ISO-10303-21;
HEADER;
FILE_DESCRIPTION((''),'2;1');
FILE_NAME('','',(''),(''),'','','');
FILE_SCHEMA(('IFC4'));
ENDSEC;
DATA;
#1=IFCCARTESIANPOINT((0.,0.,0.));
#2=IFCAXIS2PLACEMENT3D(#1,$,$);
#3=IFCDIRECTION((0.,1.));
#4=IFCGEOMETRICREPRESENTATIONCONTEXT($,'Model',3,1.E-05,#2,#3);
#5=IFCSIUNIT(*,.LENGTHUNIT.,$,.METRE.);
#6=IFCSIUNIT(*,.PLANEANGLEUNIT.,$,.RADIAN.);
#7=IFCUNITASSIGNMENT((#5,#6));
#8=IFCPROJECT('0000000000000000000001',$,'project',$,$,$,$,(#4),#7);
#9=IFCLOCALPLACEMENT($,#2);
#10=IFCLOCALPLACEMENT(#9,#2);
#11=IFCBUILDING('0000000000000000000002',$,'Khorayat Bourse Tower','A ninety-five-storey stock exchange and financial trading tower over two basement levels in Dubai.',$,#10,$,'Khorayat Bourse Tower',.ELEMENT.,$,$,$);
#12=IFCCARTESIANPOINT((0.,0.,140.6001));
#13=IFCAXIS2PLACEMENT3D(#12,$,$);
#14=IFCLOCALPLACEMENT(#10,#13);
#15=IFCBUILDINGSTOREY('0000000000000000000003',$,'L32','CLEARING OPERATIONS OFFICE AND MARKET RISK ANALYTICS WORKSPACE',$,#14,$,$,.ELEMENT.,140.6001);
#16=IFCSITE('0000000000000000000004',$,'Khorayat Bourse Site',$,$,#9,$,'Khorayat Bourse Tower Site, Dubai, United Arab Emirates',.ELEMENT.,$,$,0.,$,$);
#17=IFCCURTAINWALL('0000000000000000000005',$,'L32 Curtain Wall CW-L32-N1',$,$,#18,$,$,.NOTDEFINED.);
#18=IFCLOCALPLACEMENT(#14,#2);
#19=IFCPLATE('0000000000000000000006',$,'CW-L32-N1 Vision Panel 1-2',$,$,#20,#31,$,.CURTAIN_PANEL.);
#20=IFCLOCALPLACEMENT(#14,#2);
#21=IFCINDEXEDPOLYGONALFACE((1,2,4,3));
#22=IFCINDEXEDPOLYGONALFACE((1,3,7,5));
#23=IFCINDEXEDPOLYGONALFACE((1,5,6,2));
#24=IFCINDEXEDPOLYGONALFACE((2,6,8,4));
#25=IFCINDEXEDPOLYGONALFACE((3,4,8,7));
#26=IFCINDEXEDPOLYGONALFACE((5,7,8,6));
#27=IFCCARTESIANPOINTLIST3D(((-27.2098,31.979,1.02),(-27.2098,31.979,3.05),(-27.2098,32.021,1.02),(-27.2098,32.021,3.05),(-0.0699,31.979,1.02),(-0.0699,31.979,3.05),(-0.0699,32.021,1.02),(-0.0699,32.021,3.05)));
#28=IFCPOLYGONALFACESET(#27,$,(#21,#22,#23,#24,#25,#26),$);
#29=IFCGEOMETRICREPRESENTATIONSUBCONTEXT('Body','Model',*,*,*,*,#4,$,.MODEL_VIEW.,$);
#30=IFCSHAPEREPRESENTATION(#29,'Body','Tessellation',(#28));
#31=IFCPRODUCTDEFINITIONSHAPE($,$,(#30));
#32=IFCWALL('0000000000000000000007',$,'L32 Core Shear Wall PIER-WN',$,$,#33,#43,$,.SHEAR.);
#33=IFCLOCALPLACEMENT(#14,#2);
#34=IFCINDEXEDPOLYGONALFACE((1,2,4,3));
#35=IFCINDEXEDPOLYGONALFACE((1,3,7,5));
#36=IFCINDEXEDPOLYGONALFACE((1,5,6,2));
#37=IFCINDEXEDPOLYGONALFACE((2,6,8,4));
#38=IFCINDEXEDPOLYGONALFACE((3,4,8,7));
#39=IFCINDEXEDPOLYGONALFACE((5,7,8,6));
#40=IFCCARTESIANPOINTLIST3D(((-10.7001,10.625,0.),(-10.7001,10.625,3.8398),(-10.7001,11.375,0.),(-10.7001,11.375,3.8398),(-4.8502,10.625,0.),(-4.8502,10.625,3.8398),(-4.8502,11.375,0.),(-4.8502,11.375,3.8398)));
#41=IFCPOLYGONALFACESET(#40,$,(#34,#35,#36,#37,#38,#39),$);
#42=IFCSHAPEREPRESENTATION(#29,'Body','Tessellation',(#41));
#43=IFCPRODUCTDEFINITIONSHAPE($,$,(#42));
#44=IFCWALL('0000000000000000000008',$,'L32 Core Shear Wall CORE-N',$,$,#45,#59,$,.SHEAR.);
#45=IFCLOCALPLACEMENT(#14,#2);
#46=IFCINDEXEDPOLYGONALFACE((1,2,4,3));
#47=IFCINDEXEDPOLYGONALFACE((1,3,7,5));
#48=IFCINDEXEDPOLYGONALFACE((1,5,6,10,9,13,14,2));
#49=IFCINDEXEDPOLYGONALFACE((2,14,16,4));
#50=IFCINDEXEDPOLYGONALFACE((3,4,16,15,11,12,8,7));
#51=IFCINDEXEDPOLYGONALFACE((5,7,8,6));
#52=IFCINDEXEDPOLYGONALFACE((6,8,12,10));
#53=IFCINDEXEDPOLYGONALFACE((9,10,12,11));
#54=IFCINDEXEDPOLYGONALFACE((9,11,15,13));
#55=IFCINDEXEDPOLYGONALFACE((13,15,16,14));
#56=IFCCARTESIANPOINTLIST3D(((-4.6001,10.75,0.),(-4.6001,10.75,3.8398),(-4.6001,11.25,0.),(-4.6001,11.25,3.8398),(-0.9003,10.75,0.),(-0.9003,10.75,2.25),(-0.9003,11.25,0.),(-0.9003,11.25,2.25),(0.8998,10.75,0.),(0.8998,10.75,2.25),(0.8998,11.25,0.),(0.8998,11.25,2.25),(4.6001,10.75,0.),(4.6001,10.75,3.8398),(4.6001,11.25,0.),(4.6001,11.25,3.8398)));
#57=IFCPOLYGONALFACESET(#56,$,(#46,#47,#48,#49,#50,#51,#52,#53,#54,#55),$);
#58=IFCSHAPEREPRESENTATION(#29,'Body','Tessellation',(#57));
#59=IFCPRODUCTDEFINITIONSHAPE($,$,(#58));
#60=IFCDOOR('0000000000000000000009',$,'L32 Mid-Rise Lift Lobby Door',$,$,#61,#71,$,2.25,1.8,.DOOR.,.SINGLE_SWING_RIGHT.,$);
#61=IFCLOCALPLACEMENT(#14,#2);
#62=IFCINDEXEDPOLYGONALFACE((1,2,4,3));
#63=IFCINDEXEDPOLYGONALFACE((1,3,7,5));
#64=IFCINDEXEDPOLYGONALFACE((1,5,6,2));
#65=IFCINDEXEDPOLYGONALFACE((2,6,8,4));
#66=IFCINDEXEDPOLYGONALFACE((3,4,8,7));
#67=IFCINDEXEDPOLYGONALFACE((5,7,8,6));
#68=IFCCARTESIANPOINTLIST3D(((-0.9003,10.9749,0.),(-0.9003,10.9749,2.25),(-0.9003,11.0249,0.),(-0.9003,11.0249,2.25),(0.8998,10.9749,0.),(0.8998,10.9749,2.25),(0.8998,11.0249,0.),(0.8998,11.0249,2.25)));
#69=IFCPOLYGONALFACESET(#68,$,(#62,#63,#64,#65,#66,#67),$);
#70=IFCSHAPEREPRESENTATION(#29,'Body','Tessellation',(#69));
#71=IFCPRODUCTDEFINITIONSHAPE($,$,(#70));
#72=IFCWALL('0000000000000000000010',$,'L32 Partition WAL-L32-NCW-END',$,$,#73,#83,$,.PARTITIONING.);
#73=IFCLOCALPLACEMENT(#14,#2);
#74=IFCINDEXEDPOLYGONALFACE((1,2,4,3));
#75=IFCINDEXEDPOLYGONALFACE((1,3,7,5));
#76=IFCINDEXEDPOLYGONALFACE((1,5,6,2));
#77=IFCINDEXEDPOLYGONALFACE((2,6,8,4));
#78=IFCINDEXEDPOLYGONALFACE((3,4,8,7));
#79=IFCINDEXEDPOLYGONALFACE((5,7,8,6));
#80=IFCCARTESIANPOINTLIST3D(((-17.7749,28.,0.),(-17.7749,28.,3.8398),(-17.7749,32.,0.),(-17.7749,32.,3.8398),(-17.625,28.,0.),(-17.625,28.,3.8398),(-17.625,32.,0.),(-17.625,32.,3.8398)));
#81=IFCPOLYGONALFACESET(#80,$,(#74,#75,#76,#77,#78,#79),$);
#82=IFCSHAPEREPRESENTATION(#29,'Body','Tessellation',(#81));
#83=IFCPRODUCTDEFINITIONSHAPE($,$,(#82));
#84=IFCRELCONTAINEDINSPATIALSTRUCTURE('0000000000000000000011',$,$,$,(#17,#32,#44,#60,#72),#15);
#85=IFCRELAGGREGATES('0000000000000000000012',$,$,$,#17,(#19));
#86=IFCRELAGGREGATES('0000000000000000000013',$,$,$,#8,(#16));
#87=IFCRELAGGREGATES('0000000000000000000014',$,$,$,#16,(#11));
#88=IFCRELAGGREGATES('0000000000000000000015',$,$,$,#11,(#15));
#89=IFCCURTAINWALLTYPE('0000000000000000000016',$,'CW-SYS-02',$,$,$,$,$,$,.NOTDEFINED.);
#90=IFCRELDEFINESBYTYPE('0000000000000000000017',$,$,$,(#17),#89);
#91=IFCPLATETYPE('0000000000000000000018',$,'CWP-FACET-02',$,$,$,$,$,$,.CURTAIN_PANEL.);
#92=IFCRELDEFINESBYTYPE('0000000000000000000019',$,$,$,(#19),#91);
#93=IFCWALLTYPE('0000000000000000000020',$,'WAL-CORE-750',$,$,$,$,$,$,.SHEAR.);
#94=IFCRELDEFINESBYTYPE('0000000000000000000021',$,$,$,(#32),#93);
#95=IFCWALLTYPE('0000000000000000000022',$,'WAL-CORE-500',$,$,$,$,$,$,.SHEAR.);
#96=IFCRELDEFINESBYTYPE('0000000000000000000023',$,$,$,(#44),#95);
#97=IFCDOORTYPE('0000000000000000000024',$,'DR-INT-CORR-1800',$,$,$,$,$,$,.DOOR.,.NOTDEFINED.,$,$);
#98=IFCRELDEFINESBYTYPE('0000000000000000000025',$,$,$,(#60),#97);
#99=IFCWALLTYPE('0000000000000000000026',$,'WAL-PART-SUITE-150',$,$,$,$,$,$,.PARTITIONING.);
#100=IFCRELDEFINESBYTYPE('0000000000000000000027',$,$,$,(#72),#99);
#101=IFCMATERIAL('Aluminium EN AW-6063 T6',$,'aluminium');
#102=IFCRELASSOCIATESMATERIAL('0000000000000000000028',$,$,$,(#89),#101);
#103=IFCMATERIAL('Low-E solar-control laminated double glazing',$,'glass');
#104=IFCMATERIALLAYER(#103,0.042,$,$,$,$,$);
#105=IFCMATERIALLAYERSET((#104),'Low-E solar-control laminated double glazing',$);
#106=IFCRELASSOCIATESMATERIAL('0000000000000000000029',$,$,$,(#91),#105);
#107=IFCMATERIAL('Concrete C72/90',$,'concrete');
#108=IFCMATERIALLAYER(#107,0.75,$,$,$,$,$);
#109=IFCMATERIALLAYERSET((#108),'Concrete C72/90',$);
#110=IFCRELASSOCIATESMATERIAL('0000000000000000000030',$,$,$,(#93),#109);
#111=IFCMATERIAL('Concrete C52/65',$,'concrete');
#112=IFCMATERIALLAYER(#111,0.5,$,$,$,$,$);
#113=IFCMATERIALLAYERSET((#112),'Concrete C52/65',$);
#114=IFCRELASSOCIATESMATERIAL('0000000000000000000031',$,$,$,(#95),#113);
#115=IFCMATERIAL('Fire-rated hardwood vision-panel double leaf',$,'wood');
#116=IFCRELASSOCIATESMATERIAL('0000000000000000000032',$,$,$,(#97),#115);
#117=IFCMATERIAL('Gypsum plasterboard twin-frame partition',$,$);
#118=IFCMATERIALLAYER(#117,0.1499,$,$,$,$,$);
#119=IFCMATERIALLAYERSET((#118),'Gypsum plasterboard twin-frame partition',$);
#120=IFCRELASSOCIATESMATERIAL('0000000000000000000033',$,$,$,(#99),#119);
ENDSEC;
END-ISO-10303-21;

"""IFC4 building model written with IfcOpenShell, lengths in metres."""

from ifc_helpers import new_model, si_unit, direction, frame, frame_2d, origin, origin_2d, place, context, subcontext, project, spatial, rectangle, extrude, source, transform, mapped, material, layer, layer_set, type_object, element, fill, aggregate, save


model = new_model("IFC4")

# Units and contexts
model_context = context("Model", 3, precision=1e-05, world=origin(), true_north=direction((0.0, 1.0)))
body_context = subcontext(model_context, "Body", "Model", "MODEL_VIEW")
ifc_project = project(units=[si_unit("LENGTHUNIT", "METRE"), si_unit("PLANEANGLEUNIT", "RADIAN")], contexts=[model_context])

# Site, building, storey
site_placement = place(None, origin())
site = spatial("IfcSite", under=ifc_project, at=site_placement, Name="Khorayat Bourse Site", LongName="Khorayat Bourse Tower Site, Dubai, United Arab Emirates", CompositionType="ELEMENT", RefElevation=0.0)
building_placement = place(site_placement, origin())
building = spatial("IfcBuilding", under=site, at=building_placement, Name="Khorayat Bourse Tower", Description="A ninety-five-storey stock exchange and financial trading tower over two basement levels in Dubai.", LongName="Khorayat Bourse Tower", CompositionType="ELEMENT")
storey_placement = place(building_placement, frame((0.0, 0.0, 140.6001)))
storey = spatial("IfcBuildingStorey", under=building, at=storey_placement, Name="L32", Description="CLEARING OPERATIONS OFFICE AND MARKET RISK ANALYTICS WORKSPACE", CompositionType="ELEMENT", Elevation=140.6001)

# Shared definitions
ifc_material_1 = material(Name="Concrete C72/90", Category="concrete")

# Curtain wall
ifc_material_2 = material(Name="Aluminium EN AW-6063 T6", Category="aluminium")
curtain_wall_type = type_object("IfcCurtainWallType", Name="CW-SYS-02", PredefinedType="NOTDEFINED", material=ifc_material_2)
curtain_wall_placement = place(storey_placement, origin())
curtain_wall = element("IfcCurtainWall", 1, at=curtain_wall_placement, inside=storey, type_object=curtain_wall_type, Name="L32 Curtain Wall CW-L32-N1", PredefinedType="NOTDEFINED")

# Plate
ifc_material_3 = material(Name="Low-E solar-control laminated double glazing", Category="glass")
ifc_layer_1 = layer(ifc_material_3, 0.042)
ifc_layer_set_1 = layer_set([ifc_layer_1], Name="Low-E solar-control laminated double glazing")
plate_type_1 = type_object("IfcPlateType", Name="CWP-FACET-02", PredefinedType="CURTAIN_PANEL", material=ifc_layer_set_1)
shared_shape_1 = source(origin(), body_context, "Body", "SweptSolid", [
    extrude(rectangle(XDim=27.1399, YDim=0.042, at=origin_2d()), origin(), (0.0, 0.0, 1.0), 2.03),
])
plate_1_placement = place(storey_placement, frame((-13.6399, 32.0, 1.02), z_axis=(0.0, 0.0, 1.0), x_axis=(1.0, 0.0, 0.0)))
plate_1 = element("IfcPlate", 2, at=plate_1_placement, type_object=plate_type_1, Name="CW-L32-N1 Vision Panel 1-2", PredefinedType="CURTAIN_PANEL", context=body_context, shape_type="MappedRepresentation", body=[
    mapped(shared_shape_1, transform((0.0, 0.0, 0.0), scale=1.0)),
])
aggregate(curtain_wall, [plate_1])

# Wall
ifc_layer_2 = layer(ifc_material_1, 0.75)
ifc_layer_set_2 = layer_set([ifc_layer_2], Name="Concrete C72/90")
wall_type_1 = type_object("IfcWallType", Name="WAL-CORE-750", PredefinedType="SHEAR", material=ifc_layer_set_2)
shared_shape_2 = source(origin(), body_context, "Body", "SweptSolid", [
    extrude(rectangle(XDim=5.8499, YDim=0.75, at=frame_2d((2.9248, 0.0))), origin(), (0.0, 0.0, 1.0), 3.8398),
])
wall_1_placement = place(storey_placement, frame((-10.7, 11.0, 0.0), z_axis=(0.0, 0.0, 1.0), x_axis=(1.0, 0.0, 0.0)))
element("IfcWall", 3, at=wall_1_placement, inside=storey, type_object=wall_type_1, Name="L32 Core Shear Wall PIER-WN", PredefinedType="SHEAR", context=body_context, shape_type="MappedRepresentation", body=[
    mapped(shared_shape_2, transform((0.0, 0.0, 0.0), scale=1.0)),
])

# Wall, opening, door
ifc_material_4 = material(Name="Concrete C52/65", Category="concrete")
ifc_layer_3 = layer(ifc_material_4, 0.5)
ifc_layer_set_3 = layer_set([ifc_layer_3], Name="Concrete C52/65")
wall_type_2 = type_object("IfcWallType", Name="WAL-CORE-500", PredefinedType="SHEAR", material=ifc_layer_set_3)
shared_shape_3 = source(origin(), body_context, "Body", "SweptSolid", [
    extrude(rectangle(XDim=9.2002, YDim=0.5, at=frame_2d((4.6001, 0.0))), origin(), (0.0, 0.0, 1.0), 3.8398),
])
wall_2_placement = place(storey_placement, frame((-4.6001, 11.0, 0.0), z_axis=(0.0, 0.0, 1.0), x_axis=(1.0, 0.0, 0.0)))
wall_2 = element("IfcWall", 4, at=wall_2_placement, inside=storey, type_object=wall_type_2, Name="L32 Core Shear Wall CORE-N", PredefinedType="SHEAR", context=body_context, shape_type="MappedRepresentation", body=[
    mapped(shared_shape_3, transform((0.0, 0.0, 0.0), scale=1.0)),
])
shared_shape_4 = source(origin(), body_context, "Body", "SweptSolid", [
    extrude(rectangle(XDim=1.8, YDim=2.25, at=frame_2d((0.8999, 1.125))), frame((0.0, 0.26, 0.0), z_axis=(0.0, -1.0, 0.0), x_axis=(1.0, 0.0, 0.0)), (0.0, 0.0, 1.0), 0.52),
])
opening_1_placement = place(wall_2_placement, frame((3.7, 0.0, 0.0)))
opening_1 = element("IfcOpeningElement", 5, at=opening_1_placement, cuts=wall_2, PredefinedType="OPENING", context=body_context, shape_type="MappedRepresentation", body=[
    mapped(shared_shape_4, transform((0.0, 0.0, 0.0), scale=1.0)),
])
ifc_material_5 = material(Name="Fire-rated hardwood vision-panel double leaf", Category="wood")
door_type_1 = type_object("IfcDoorType", Name="DR-INT-CORR-1800", OperationType="NOTDEFINED", PredefinedType="DOOR", material=ifc_material_5)
shared_shape_5 = source(origin(), body_context, "Body", "SweptSolid", [
    extrude(rectangle(XDim=1.8, YDim=2.25, at=frame_2d((0.8999, 1.125))), frame((0.0, 0.0249, 0.0), z_axis=(0.0, -1.0, 0.0), x_axis=(1.0, 0.0, 0.0)), (0.0, 0.0, 1.0), 0.05),
])
door_1_placement = place(opening_1_placement, origin())
door_1 = element("IfcDoor", 6, at=door_1_placement, inside=storey, type_object=door_type_1, Name="L32 Mid-Rise Lift Lobby Door", OperationType="SINGLE_SWING_RIGHT", OverallHeight=2.25, OverallWidth=1.8, PredefinedType="DOOR", context=body_context, shape_type="MappedRepresentation", body=[
    mapped(shared_shape_5, transform((0.0, 0.0, 0.0), scale=1.0)),
])
fill(opening_1, door_1)

# Wall
ifc_material_6 = material(Name="Gypsum plasterboard twin-frame partition")
ifc_layer_4 = layer(ifc_material_6, 0.1499)
ifc_layer_set_4 = layer_set([ifc_layer_4], Name="Gypsum plasterboard twin-frame partition")
wall_type_3 = type_object("IfcWallType", Name="WAL-PART-SUITE-150", PredefinedType="PARTITIONING", material=ifc_layer_set_4)
shared_shape_6 = source(origin(), body_context, "Body", "SweptSolid", [
    extrude(rectangle(XDim=4.0, YDim=0.1499, at=frame_2d((2.0, 0.0))), origin(), (0.0, 0.0, 1.0), 3.8398),
])
wall_3_placement = place(storey_placement, frame((-17.7, 28.0, 0.0), z_axis=(0.0, 0.0, 1.0), x_axis=(0.0, 1.0, 0.0)))
element("IfcWall", 7, at=wall_3_placement, inside=storey, type_object=wall_type_3, Name="L32 Partition WAL-L32-NCW-END", PredefinedType="PARTITIONING", context=body_context, shape_type="MappedRepresentation", body=[
    mapped(shared_shape_6, transform((0.0, 0.0, 0.0), scale=1.0)),
])

save(model, "model.ifc")
